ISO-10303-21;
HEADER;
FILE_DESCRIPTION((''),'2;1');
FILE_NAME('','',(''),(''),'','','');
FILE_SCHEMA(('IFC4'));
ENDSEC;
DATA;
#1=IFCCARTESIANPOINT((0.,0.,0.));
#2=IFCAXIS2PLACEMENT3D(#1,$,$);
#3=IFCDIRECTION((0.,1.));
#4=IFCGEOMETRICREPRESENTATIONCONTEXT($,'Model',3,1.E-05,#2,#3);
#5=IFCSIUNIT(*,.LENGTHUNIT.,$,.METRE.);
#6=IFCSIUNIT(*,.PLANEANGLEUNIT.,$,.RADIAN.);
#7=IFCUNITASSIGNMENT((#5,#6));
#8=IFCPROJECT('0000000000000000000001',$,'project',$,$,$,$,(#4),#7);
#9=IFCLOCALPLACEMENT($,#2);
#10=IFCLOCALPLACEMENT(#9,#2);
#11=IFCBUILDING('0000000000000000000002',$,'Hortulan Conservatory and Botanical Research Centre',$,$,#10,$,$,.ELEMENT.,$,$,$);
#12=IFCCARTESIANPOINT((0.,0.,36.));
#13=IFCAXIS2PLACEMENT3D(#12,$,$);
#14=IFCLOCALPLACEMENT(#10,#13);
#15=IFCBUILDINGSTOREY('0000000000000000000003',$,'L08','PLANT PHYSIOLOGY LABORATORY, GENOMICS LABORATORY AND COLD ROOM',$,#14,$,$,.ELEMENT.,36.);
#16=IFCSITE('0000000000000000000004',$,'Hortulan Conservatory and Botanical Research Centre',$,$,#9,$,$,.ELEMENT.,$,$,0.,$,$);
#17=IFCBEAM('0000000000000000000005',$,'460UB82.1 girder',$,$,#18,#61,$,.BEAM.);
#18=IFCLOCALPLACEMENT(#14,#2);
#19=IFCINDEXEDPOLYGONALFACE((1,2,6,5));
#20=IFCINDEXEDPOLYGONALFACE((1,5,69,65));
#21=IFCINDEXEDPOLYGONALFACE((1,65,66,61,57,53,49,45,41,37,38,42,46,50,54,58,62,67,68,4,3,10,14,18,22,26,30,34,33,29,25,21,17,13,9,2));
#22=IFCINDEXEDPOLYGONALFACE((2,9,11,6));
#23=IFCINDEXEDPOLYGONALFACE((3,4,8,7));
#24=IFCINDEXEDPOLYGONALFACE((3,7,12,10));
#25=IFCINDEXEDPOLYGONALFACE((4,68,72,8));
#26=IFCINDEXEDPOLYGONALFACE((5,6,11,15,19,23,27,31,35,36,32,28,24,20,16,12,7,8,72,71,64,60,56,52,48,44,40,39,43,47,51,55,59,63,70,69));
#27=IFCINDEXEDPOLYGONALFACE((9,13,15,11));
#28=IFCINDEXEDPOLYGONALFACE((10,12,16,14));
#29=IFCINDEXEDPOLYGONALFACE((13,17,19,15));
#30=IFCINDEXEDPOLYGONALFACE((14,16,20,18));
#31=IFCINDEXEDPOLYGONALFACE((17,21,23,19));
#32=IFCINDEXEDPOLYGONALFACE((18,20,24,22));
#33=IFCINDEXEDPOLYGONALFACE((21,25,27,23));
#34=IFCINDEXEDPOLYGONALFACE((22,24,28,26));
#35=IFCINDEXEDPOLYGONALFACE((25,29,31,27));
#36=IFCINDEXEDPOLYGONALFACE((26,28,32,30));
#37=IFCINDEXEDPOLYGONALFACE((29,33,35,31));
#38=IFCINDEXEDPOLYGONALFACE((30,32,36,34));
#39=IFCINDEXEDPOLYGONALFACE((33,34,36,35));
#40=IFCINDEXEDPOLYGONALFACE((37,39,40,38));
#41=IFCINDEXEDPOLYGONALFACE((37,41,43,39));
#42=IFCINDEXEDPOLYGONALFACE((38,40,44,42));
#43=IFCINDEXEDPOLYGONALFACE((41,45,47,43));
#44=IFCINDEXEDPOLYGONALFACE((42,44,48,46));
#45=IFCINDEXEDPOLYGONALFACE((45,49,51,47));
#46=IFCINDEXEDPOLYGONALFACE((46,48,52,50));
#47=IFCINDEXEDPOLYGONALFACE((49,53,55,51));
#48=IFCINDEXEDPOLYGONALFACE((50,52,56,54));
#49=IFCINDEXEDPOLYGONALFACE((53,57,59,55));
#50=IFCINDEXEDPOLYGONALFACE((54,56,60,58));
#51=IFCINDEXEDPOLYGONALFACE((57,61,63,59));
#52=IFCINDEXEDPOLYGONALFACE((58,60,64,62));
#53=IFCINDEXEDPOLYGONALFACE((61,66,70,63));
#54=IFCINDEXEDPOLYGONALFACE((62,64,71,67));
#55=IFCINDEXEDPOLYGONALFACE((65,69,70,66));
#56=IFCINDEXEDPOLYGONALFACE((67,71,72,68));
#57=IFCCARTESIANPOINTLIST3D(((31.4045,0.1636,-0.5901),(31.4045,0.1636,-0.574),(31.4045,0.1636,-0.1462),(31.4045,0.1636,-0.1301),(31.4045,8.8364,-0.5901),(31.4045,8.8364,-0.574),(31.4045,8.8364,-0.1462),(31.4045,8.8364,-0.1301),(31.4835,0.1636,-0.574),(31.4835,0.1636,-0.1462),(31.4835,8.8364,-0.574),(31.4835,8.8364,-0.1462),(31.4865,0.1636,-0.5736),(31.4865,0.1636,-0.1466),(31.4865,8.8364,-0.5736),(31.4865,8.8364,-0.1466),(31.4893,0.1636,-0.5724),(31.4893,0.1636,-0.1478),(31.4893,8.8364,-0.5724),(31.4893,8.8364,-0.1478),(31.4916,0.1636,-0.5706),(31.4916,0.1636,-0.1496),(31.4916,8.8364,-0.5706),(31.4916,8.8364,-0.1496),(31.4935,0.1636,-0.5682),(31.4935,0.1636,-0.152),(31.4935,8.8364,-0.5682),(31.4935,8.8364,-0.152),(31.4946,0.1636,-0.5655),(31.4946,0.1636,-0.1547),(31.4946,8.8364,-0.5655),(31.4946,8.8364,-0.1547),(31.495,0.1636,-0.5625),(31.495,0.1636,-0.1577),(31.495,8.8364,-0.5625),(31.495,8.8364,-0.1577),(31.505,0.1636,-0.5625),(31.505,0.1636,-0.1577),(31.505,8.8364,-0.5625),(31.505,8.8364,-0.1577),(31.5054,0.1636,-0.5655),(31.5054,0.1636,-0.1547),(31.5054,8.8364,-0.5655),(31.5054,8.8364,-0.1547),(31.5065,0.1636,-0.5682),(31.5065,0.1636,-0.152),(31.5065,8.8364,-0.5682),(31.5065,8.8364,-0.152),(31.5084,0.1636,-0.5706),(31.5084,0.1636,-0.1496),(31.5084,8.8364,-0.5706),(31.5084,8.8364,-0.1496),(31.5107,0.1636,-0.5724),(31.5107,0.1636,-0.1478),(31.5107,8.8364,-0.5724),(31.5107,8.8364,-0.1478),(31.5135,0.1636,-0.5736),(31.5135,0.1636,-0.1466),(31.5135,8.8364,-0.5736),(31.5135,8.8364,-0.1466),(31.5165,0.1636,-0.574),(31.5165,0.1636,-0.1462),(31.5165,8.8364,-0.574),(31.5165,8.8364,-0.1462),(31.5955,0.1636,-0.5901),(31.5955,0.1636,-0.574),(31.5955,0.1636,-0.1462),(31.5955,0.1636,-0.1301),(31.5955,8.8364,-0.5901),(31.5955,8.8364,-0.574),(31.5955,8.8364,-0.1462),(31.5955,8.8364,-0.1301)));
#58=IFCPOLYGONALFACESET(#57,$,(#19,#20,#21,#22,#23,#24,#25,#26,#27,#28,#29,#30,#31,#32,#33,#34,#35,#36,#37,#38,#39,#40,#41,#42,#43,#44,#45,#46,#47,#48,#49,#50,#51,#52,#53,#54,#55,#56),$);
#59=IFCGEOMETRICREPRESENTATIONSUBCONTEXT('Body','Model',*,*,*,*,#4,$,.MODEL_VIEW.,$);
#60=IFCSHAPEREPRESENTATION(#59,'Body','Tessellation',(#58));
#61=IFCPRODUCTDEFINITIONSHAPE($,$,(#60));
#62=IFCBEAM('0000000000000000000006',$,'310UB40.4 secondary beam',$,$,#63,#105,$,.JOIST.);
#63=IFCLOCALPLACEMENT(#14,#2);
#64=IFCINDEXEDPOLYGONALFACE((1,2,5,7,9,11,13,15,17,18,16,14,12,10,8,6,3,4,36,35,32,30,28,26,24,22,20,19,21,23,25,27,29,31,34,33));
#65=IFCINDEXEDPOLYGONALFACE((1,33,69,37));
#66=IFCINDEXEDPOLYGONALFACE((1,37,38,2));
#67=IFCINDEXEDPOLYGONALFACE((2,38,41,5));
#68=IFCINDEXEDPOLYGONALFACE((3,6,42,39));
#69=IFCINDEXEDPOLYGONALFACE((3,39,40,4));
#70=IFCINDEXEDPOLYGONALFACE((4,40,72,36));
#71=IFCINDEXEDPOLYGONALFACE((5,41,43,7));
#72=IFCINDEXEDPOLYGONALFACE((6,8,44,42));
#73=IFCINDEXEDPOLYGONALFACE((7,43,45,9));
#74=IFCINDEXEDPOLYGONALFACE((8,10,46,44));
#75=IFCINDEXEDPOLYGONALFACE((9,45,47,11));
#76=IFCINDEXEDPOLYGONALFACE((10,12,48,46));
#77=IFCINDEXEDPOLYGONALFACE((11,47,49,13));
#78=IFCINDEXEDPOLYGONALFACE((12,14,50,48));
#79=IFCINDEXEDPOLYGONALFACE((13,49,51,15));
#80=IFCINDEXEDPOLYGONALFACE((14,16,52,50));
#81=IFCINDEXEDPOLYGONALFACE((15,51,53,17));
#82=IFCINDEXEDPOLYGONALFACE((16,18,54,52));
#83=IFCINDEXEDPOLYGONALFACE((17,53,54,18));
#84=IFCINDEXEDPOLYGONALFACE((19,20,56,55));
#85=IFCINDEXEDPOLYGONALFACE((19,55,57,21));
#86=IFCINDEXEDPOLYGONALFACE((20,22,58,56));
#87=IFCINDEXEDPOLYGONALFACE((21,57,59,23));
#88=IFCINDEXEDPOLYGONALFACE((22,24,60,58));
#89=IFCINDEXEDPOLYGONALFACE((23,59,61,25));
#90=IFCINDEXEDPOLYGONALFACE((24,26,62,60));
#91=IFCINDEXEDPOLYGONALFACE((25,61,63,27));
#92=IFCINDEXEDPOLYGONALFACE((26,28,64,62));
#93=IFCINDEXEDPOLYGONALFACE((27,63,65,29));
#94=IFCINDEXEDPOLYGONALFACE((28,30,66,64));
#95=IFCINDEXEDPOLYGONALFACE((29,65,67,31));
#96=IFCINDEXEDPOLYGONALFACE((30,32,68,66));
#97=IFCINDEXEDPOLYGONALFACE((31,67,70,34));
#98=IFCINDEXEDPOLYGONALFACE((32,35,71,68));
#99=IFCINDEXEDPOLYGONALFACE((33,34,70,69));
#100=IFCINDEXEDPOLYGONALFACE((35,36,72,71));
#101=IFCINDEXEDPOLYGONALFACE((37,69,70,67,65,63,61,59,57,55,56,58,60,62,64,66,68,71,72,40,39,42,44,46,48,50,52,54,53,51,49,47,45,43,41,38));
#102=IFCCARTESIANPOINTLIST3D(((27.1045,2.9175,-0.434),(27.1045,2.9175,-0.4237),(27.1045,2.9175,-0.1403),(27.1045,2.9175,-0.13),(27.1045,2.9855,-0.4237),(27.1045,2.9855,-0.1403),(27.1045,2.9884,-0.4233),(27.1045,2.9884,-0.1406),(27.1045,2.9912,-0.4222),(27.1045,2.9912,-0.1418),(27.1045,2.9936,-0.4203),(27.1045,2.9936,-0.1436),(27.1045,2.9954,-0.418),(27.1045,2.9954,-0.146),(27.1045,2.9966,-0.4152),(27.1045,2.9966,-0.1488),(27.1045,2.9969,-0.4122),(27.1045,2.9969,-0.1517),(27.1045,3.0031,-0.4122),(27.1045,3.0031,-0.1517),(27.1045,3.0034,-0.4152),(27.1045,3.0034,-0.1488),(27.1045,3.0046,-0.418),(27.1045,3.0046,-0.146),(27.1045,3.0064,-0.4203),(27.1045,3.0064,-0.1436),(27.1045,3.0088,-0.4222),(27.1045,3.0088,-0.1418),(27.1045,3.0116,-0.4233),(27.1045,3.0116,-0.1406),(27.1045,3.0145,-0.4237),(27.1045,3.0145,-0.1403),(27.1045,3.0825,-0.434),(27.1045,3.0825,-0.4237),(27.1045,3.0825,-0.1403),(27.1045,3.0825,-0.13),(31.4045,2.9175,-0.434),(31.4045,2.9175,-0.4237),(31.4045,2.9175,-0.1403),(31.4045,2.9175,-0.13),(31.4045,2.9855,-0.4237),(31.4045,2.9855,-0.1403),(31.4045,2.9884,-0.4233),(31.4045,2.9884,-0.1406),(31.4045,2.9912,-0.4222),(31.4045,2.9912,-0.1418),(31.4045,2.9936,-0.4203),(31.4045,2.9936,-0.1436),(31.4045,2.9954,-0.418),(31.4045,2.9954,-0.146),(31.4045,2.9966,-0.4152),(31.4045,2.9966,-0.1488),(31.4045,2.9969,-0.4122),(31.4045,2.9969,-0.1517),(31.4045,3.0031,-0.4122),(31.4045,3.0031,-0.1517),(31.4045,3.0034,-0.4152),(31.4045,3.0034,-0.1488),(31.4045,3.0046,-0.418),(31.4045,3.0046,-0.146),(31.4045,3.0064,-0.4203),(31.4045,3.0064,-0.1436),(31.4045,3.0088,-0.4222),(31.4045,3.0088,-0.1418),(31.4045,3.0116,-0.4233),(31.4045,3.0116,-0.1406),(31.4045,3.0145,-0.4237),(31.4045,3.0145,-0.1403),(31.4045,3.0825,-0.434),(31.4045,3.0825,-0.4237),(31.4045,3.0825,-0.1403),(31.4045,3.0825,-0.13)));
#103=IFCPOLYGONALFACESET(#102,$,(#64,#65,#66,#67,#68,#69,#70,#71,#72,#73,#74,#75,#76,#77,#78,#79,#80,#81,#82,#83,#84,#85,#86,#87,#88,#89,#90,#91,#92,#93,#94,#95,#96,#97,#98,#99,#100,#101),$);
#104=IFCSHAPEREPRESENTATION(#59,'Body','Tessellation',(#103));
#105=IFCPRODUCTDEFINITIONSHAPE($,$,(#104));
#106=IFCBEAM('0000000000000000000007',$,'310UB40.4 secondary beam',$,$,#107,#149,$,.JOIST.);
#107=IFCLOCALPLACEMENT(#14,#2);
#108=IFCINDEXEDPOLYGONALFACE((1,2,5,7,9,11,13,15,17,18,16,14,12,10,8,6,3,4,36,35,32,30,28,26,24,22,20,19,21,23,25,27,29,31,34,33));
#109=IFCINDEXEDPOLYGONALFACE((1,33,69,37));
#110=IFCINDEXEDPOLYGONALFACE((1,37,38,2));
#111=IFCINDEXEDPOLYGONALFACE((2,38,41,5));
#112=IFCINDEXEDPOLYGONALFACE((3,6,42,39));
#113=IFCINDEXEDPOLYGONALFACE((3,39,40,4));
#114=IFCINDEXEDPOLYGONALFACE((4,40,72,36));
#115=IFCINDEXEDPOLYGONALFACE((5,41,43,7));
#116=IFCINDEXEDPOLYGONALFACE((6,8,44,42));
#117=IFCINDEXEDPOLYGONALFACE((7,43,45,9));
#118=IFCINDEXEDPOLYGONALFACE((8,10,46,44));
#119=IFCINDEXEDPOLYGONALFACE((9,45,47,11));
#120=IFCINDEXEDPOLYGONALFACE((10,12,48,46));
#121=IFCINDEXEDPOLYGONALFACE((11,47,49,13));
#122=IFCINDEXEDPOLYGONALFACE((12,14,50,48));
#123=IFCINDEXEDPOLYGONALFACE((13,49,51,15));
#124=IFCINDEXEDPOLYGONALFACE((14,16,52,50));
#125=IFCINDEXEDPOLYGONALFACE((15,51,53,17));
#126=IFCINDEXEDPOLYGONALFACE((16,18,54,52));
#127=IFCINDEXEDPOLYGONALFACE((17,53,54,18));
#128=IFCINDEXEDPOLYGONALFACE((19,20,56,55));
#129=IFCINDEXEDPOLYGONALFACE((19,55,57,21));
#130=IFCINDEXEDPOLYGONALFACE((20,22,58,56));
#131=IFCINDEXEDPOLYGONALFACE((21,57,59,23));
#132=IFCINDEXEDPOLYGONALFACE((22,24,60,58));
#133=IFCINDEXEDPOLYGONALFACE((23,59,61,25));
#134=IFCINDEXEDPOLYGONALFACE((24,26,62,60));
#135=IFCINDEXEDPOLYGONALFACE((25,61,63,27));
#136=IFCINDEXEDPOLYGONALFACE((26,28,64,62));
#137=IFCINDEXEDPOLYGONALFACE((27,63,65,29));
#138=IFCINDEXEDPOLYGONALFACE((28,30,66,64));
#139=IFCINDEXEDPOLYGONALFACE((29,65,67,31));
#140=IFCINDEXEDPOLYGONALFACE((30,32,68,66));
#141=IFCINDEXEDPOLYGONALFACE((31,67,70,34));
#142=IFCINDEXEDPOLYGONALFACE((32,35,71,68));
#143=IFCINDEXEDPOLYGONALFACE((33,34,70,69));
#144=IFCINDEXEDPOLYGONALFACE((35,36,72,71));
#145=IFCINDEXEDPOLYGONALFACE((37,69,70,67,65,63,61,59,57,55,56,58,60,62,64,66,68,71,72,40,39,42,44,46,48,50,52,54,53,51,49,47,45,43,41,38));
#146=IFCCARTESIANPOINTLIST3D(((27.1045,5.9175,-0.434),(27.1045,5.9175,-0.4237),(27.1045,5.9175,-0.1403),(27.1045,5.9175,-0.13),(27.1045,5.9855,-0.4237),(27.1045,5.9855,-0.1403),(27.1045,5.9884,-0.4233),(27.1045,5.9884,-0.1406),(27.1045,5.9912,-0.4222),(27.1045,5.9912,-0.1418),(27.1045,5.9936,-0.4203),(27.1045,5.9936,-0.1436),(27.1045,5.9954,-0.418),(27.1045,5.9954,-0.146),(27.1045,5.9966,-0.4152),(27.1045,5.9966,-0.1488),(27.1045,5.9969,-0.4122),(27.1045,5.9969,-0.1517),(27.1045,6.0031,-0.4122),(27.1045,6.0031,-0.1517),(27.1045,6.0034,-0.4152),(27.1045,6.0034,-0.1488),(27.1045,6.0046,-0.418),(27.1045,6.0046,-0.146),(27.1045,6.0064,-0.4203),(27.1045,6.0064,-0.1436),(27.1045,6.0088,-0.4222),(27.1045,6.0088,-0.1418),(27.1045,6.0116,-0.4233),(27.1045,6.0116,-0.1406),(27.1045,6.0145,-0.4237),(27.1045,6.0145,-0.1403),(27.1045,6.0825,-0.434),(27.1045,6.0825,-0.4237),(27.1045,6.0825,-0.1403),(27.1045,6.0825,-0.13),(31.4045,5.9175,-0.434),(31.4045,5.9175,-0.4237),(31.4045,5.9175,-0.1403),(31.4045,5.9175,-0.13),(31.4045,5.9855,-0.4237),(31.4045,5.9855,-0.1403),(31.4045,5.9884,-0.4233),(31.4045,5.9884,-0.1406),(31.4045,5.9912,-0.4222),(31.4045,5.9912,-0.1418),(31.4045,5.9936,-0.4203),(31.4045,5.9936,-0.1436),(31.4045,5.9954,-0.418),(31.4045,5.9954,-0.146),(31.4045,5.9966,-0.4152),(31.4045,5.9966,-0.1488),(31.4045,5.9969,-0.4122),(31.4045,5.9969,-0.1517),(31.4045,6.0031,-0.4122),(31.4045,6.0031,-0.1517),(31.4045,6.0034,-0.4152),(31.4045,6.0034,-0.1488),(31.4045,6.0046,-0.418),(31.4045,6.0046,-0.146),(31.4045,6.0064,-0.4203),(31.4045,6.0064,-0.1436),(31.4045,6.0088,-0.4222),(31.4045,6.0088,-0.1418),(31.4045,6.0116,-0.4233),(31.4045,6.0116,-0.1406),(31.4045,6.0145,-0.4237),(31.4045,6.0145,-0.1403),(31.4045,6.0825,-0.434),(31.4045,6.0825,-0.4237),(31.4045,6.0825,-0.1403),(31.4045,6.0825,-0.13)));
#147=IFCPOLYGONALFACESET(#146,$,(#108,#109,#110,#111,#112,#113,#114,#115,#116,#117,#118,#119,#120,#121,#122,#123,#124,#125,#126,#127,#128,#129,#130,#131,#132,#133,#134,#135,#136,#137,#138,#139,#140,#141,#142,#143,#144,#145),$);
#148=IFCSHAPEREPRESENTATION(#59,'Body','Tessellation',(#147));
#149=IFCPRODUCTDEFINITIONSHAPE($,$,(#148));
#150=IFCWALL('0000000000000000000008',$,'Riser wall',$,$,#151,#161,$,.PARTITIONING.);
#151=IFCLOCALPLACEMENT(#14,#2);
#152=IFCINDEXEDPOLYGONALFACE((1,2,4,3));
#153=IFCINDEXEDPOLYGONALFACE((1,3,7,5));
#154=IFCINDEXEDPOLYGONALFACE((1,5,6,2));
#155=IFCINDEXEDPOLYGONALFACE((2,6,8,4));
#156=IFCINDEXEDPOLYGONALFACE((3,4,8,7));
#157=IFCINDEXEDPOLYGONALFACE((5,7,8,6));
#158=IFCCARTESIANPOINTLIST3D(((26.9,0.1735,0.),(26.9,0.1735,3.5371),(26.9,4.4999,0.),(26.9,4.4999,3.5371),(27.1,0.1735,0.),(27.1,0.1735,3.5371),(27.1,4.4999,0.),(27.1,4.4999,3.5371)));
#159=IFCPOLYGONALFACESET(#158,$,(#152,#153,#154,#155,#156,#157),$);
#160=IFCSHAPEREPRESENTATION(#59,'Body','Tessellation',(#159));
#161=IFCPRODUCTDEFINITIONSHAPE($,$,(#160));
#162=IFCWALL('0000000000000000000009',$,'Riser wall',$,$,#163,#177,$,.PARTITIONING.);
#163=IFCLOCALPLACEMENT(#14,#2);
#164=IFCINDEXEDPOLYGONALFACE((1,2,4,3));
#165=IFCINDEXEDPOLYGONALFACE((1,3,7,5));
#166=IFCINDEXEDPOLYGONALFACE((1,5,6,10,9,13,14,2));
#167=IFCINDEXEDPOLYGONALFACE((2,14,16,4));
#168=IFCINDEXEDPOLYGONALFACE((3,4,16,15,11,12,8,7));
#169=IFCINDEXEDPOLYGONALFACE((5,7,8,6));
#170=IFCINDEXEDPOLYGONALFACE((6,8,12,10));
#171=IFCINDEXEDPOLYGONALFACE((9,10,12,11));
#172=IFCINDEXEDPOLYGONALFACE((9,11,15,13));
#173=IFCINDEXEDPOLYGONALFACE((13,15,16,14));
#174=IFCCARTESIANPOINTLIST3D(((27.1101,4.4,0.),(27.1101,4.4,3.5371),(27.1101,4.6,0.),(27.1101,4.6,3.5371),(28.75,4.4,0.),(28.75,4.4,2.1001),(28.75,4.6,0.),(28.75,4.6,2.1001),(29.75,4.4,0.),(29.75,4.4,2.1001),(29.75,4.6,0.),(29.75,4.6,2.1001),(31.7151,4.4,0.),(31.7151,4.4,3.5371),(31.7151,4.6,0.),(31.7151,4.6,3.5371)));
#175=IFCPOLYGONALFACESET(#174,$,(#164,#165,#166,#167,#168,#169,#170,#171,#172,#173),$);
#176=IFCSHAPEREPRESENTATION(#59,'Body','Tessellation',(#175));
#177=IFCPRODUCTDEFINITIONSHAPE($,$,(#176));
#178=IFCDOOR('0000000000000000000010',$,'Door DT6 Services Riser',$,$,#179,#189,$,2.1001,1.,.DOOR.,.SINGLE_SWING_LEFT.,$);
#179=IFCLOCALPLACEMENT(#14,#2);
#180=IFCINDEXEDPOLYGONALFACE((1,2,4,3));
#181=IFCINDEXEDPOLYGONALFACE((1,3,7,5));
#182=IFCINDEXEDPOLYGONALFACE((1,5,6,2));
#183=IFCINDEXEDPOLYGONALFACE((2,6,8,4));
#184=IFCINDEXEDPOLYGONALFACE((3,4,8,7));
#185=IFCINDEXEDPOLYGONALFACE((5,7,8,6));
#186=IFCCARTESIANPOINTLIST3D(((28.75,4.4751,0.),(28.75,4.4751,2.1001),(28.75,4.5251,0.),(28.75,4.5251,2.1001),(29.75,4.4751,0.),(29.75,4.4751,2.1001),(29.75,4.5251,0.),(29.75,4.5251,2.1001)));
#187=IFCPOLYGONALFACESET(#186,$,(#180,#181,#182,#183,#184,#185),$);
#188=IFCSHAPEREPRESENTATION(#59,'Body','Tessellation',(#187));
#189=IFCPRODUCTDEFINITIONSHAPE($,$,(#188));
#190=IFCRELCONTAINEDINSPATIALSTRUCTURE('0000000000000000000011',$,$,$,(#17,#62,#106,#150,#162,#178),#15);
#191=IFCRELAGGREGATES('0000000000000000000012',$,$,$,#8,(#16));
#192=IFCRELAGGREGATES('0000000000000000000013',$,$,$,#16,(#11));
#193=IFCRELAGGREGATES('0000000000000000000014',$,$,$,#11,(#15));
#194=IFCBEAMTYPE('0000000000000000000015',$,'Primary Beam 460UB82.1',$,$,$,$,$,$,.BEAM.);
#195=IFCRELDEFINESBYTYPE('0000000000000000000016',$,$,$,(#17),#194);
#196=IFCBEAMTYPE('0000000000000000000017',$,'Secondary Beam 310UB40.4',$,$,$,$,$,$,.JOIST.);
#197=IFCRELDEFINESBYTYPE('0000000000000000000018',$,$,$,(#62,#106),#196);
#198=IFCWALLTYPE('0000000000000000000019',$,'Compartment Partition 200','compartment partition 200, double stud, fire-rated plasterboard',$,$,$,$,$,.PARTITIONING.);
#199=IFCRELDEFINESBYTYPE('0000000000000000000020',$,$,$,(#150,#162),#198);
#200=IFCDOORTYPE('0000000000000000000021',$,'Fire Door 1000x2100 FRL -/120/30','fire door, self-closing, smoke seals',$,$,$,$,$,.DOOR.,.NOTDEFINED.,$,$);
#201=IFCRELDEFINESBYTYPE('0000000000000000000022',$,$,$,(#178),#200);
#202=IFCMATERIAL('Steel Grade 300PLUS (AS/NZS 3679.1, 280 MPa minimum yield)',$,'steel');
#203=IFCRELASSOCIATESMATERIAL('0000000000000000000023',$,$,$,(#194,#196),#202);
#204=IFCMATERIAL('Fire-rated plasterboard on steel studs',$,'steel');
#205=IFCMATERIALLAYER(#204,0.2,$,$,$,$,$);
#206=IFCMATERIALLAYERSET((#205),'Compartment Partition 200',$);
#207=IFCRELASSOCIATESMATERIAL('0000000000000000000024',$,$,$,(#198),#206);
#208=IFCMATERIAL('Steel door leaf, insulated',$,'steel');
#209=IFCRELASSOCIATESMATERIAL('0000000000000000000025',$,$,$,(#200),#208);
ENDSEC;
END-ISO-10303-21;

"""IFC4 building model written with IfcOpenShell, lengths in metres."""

from ifc_helpers import new_model, si_unit, direction, frame, frame_2d, origin, origin_2d, place, context, subcontext, project, spatial, rectangle, i_section, extrude, material, layer, layer_set, material_profile, profile_set, type_object, element, fill, save


model = new_model("IFC4")

# Units and contexts
model_context = context("Model", 3, precision=1e-05, world=origin(), true_north=direction((0.0, 1.0)))
body_context = subcontext(model_context, "Body", "Model", "MODEL_VIEW")
ifc_project = project(units=[si_unit("LENGTHUNIT", "METRE"), si_unit("PLANEANGLEUNIT", "RADIAN")], contexts=[model_context])

# Site, building, storey
site_placement = place(None, origin())
site = spatial("IfcSite", under=ifc_project, at=site_placement, Name="Hortulan Conservatory and Botanical Research Centre", CompositionType="ELEMENT", RefElevation=0.0)
building_placement = place(site_placement, origin())
building = spatial("IfcBuilding", under=site, at=building_placement, Name="Hortulan Conservatory and Botanical Research Centre", CompositionType="ELEMENT")
storey_placement = place(building_placement, frame((0.0, 0.0, 36.0)))
storey = spatial("IfcBuildingStorey", under=building, at=storey_placement, Name="L08", Description="PLANT PHYSIOLOGY LABORATORY, GENOMICS LABORATORY AND COLD ROOM", CompositionType="ELEMENT", Elevation=36.0)

# Shared definitions
ifc_material_1 = material(Name="Steel Grade 300PLUS (AS/NZS 3679.1, 280 MPa minimum yield)", Category="steel")

# Beams
ifc_material_profile_1 = material_profile(ifc_material_1, i_section(OverallWidth=0.1909, OverallDepth=0.46, WebThickness=0.01, FlangeThickness=0.0161, FilletRadius=0.0115, at=origin_2d()), Name="460UB82.1")
ifc_profile_set_1 = profile_set([ifc_material_profile_1], Name="Steel Grade 300PLUS (AS/NZS 3679.1, 280 MPa minimum yield)")
beam_type_1 = type_object("IfcBeamType", Name="Primary Beam 460UB82.1", PredefinedType="BEAM", material=ifc_profile_set_1)
beam_1_placement = place(storey_placement, frame((31.5, 0.1636, -0.3601), z_axis=(0.0, 1.0, 0.0), x_axis=(-1.0, 0.0, 0.0)))
element("IfcBeam", 1, at=beam_1_placement, inside=storey, type_object=beam_type_1, Name="460UB82.1 girder", PredefinedType="BEAM", context=body_context, shape_type="SweptSolid", body=[
    extrude(i_section(OverallWidth=0.1909, OverallDepth=0.46, WebThickness=0.01, FlangeThickness=0.0161, FilletRadius=0.0115, at=origin_2d()), origin(), (0.0, 0.0, 1.0), 8.6729),
])
ifc_material_profile_2 = material_profile(ifc_material_1, i_section(OverallWidth=0.165, OverallDepth=0.304, WebThickness=0.0061, FlangeThickness=0.0103, FilletRadius=0.0115, at=origin_2d()), Name="310UB40.4")
ifc_profile_set_2 = profile_set([ifc_material_profile_2], Name="Steel Grade 300PLUS (AS/NZS 3679.1, 280 MPa minimum yield)")
beam_type_2 = type_object("IfcBeamType", Name="Secondary Beam 310UB40.4", PredefinedType="JOIST", material=ifc_profile_set_2)
for number, where, z_axis, x_axis, name in (
    (2, (27.1045, 3.0, -0.282), (1.0, 0.0, 0.0), (0.0, 1.0, 0.0), "310UB40.4 secondary beam"),
    (3, (27.1045, 6.0, -0.282), (1.0, 0.0, 0.0), (0.0, 1.0, 0.0), "310UB40.4 secondary beam"),
):
    element("IfcBeam", number, at=place(storey_placement, frame(where, z_axis=z_axis, x_axis=x_axis)), inside=storey, type_object=beam_type_2, Name=name, PredefinedType="JOIST", context=body_context, shape_type="SweptSolid", body=[
        extrude(i_section(OverallWidth=0.165, OverallDepth=0.304, WebThickness=0.0061, FlangeThickness=0.0103, FilletRadius=0.0115, at=origin_2d()), origin(), (0.0, 0.0, 1.0), 4.3),
    ])

# Wall
ifc_material_2 = material(Name="Fire-rated plasterboard on steel studs", Category="steel")
ifc_layer_1 = layer(ifc_material_2, 0.2)
ifc_layer_set_1 = layer_set([ifc_layer_1], Name="Compartment Partition 200")
wall_type_1 = type_object("IfcWallType", Name="Compartment Partition 200", Description="compartment partition 200, double stud, fire-rated plasterboard", PredefinedType="PARTITIONING", material=ifc_layer_set_1)
wall_1_placement = place(storey_placement, frame((27.0, 0.1736, 0.0), z_axis=(0.0, 0.0, 1.0), x_axis=(0.0, 1.0, 0.0)))
element("IfcWall", 4, at=wall_1_placement, inside=storey, type_object=wall_type_1, Name="Riser wall", PredefinedType="PARTITIONING", context=body_context, shape_type="SweptSolid", body=[
    extrude(rectangle(XDim=4.3264, YDim=0.2, at=frame_2d((2.1631, 0.0))), origin(), (0.0, 0.0, 1.0), 3.5371),
])

# Wall, opening, door
wall_2_placement = place(storey_placement, frame((27.1101, 4.5, 0.0), z_axis=(0.0, 0.0, 1.0), x_axis=(1.0, 0.0, 0.0)))
wall_2 = element("IfcWall", 5, at=wall_2_placement, inside=storey, type_object=wall_type_1, Name="Riser wall", PredefinedType="PARTITIONING", context=body_context, shape_type="SweptSolid", body=[
    extrude(rectangle(XDim=4.605, YDim=0.2, at=frame_2d((2.3025, 0.0))), origin(), (0.0, 0.0, 1.0), 3.5371),
])
opening_1_placement = place(wall_2_placement, frame((1.6399, 0.0, 0.0)))
opening_1 = element("IfcOpeningElement", 6, at=opening_1_placement, cuts=wall_2, PredefinedType="OPENING", context=body_context, shape_type="SweptSolid", body=[
    extrude(rectangle(XDim=1.0, YDim=2.1001, at=frame_2d((0.5, 1.05))), frame((0.0, 0.1099, 0.0), z_axis=(0.0, -1.0, 0.0), x_axis=(1.0, 0.0, 0.0)), (0.0, 0.0, 1.0), 0.22),
])
ifc_material_3 = material(Name="Steel door leaf, insulated", Category="steel")
door_type = type_object("IfcDoorType", Name="Fire Door 1000x2100 FRL -/120/30", Description="fire door, self-closing, smoke seals", OperationType="NOTDEFINED", PredefinedType="DOOR", material=ifc_material_3)
door_placement = place(opening_1_placement, frame((1.0, 0.0, 0.0), z_axis=(0.0, 0.0, 1.0), x_axis=(-1.0, 0.0, 0.0)))
door = element("IfcDoor", 7, at=door_placement, inside=storey, type_object=door_type, Name="Door DT6 Services Riser", OperationType="SINGLE_SWING_LEFT", OverallHeight=2.1001, OverallWidth=1.0, PredefinedType="DOOR", context=body_context, shape_type="SweptSolid", body=[
    extrude(rectangle(XDim=1.0, YDim=2.1001, at=frame_2d((0.5, 1.05))), frame((0.0, 0.0249, 0.0), z_axis=(0.0, -1.0, 0.0), x_axis=(1.0, 0.0, 0.0)), (0.0, 0.0, 1.0), 0.05),
])
fill(opening_1, door)

save(model, "model.ifc")
